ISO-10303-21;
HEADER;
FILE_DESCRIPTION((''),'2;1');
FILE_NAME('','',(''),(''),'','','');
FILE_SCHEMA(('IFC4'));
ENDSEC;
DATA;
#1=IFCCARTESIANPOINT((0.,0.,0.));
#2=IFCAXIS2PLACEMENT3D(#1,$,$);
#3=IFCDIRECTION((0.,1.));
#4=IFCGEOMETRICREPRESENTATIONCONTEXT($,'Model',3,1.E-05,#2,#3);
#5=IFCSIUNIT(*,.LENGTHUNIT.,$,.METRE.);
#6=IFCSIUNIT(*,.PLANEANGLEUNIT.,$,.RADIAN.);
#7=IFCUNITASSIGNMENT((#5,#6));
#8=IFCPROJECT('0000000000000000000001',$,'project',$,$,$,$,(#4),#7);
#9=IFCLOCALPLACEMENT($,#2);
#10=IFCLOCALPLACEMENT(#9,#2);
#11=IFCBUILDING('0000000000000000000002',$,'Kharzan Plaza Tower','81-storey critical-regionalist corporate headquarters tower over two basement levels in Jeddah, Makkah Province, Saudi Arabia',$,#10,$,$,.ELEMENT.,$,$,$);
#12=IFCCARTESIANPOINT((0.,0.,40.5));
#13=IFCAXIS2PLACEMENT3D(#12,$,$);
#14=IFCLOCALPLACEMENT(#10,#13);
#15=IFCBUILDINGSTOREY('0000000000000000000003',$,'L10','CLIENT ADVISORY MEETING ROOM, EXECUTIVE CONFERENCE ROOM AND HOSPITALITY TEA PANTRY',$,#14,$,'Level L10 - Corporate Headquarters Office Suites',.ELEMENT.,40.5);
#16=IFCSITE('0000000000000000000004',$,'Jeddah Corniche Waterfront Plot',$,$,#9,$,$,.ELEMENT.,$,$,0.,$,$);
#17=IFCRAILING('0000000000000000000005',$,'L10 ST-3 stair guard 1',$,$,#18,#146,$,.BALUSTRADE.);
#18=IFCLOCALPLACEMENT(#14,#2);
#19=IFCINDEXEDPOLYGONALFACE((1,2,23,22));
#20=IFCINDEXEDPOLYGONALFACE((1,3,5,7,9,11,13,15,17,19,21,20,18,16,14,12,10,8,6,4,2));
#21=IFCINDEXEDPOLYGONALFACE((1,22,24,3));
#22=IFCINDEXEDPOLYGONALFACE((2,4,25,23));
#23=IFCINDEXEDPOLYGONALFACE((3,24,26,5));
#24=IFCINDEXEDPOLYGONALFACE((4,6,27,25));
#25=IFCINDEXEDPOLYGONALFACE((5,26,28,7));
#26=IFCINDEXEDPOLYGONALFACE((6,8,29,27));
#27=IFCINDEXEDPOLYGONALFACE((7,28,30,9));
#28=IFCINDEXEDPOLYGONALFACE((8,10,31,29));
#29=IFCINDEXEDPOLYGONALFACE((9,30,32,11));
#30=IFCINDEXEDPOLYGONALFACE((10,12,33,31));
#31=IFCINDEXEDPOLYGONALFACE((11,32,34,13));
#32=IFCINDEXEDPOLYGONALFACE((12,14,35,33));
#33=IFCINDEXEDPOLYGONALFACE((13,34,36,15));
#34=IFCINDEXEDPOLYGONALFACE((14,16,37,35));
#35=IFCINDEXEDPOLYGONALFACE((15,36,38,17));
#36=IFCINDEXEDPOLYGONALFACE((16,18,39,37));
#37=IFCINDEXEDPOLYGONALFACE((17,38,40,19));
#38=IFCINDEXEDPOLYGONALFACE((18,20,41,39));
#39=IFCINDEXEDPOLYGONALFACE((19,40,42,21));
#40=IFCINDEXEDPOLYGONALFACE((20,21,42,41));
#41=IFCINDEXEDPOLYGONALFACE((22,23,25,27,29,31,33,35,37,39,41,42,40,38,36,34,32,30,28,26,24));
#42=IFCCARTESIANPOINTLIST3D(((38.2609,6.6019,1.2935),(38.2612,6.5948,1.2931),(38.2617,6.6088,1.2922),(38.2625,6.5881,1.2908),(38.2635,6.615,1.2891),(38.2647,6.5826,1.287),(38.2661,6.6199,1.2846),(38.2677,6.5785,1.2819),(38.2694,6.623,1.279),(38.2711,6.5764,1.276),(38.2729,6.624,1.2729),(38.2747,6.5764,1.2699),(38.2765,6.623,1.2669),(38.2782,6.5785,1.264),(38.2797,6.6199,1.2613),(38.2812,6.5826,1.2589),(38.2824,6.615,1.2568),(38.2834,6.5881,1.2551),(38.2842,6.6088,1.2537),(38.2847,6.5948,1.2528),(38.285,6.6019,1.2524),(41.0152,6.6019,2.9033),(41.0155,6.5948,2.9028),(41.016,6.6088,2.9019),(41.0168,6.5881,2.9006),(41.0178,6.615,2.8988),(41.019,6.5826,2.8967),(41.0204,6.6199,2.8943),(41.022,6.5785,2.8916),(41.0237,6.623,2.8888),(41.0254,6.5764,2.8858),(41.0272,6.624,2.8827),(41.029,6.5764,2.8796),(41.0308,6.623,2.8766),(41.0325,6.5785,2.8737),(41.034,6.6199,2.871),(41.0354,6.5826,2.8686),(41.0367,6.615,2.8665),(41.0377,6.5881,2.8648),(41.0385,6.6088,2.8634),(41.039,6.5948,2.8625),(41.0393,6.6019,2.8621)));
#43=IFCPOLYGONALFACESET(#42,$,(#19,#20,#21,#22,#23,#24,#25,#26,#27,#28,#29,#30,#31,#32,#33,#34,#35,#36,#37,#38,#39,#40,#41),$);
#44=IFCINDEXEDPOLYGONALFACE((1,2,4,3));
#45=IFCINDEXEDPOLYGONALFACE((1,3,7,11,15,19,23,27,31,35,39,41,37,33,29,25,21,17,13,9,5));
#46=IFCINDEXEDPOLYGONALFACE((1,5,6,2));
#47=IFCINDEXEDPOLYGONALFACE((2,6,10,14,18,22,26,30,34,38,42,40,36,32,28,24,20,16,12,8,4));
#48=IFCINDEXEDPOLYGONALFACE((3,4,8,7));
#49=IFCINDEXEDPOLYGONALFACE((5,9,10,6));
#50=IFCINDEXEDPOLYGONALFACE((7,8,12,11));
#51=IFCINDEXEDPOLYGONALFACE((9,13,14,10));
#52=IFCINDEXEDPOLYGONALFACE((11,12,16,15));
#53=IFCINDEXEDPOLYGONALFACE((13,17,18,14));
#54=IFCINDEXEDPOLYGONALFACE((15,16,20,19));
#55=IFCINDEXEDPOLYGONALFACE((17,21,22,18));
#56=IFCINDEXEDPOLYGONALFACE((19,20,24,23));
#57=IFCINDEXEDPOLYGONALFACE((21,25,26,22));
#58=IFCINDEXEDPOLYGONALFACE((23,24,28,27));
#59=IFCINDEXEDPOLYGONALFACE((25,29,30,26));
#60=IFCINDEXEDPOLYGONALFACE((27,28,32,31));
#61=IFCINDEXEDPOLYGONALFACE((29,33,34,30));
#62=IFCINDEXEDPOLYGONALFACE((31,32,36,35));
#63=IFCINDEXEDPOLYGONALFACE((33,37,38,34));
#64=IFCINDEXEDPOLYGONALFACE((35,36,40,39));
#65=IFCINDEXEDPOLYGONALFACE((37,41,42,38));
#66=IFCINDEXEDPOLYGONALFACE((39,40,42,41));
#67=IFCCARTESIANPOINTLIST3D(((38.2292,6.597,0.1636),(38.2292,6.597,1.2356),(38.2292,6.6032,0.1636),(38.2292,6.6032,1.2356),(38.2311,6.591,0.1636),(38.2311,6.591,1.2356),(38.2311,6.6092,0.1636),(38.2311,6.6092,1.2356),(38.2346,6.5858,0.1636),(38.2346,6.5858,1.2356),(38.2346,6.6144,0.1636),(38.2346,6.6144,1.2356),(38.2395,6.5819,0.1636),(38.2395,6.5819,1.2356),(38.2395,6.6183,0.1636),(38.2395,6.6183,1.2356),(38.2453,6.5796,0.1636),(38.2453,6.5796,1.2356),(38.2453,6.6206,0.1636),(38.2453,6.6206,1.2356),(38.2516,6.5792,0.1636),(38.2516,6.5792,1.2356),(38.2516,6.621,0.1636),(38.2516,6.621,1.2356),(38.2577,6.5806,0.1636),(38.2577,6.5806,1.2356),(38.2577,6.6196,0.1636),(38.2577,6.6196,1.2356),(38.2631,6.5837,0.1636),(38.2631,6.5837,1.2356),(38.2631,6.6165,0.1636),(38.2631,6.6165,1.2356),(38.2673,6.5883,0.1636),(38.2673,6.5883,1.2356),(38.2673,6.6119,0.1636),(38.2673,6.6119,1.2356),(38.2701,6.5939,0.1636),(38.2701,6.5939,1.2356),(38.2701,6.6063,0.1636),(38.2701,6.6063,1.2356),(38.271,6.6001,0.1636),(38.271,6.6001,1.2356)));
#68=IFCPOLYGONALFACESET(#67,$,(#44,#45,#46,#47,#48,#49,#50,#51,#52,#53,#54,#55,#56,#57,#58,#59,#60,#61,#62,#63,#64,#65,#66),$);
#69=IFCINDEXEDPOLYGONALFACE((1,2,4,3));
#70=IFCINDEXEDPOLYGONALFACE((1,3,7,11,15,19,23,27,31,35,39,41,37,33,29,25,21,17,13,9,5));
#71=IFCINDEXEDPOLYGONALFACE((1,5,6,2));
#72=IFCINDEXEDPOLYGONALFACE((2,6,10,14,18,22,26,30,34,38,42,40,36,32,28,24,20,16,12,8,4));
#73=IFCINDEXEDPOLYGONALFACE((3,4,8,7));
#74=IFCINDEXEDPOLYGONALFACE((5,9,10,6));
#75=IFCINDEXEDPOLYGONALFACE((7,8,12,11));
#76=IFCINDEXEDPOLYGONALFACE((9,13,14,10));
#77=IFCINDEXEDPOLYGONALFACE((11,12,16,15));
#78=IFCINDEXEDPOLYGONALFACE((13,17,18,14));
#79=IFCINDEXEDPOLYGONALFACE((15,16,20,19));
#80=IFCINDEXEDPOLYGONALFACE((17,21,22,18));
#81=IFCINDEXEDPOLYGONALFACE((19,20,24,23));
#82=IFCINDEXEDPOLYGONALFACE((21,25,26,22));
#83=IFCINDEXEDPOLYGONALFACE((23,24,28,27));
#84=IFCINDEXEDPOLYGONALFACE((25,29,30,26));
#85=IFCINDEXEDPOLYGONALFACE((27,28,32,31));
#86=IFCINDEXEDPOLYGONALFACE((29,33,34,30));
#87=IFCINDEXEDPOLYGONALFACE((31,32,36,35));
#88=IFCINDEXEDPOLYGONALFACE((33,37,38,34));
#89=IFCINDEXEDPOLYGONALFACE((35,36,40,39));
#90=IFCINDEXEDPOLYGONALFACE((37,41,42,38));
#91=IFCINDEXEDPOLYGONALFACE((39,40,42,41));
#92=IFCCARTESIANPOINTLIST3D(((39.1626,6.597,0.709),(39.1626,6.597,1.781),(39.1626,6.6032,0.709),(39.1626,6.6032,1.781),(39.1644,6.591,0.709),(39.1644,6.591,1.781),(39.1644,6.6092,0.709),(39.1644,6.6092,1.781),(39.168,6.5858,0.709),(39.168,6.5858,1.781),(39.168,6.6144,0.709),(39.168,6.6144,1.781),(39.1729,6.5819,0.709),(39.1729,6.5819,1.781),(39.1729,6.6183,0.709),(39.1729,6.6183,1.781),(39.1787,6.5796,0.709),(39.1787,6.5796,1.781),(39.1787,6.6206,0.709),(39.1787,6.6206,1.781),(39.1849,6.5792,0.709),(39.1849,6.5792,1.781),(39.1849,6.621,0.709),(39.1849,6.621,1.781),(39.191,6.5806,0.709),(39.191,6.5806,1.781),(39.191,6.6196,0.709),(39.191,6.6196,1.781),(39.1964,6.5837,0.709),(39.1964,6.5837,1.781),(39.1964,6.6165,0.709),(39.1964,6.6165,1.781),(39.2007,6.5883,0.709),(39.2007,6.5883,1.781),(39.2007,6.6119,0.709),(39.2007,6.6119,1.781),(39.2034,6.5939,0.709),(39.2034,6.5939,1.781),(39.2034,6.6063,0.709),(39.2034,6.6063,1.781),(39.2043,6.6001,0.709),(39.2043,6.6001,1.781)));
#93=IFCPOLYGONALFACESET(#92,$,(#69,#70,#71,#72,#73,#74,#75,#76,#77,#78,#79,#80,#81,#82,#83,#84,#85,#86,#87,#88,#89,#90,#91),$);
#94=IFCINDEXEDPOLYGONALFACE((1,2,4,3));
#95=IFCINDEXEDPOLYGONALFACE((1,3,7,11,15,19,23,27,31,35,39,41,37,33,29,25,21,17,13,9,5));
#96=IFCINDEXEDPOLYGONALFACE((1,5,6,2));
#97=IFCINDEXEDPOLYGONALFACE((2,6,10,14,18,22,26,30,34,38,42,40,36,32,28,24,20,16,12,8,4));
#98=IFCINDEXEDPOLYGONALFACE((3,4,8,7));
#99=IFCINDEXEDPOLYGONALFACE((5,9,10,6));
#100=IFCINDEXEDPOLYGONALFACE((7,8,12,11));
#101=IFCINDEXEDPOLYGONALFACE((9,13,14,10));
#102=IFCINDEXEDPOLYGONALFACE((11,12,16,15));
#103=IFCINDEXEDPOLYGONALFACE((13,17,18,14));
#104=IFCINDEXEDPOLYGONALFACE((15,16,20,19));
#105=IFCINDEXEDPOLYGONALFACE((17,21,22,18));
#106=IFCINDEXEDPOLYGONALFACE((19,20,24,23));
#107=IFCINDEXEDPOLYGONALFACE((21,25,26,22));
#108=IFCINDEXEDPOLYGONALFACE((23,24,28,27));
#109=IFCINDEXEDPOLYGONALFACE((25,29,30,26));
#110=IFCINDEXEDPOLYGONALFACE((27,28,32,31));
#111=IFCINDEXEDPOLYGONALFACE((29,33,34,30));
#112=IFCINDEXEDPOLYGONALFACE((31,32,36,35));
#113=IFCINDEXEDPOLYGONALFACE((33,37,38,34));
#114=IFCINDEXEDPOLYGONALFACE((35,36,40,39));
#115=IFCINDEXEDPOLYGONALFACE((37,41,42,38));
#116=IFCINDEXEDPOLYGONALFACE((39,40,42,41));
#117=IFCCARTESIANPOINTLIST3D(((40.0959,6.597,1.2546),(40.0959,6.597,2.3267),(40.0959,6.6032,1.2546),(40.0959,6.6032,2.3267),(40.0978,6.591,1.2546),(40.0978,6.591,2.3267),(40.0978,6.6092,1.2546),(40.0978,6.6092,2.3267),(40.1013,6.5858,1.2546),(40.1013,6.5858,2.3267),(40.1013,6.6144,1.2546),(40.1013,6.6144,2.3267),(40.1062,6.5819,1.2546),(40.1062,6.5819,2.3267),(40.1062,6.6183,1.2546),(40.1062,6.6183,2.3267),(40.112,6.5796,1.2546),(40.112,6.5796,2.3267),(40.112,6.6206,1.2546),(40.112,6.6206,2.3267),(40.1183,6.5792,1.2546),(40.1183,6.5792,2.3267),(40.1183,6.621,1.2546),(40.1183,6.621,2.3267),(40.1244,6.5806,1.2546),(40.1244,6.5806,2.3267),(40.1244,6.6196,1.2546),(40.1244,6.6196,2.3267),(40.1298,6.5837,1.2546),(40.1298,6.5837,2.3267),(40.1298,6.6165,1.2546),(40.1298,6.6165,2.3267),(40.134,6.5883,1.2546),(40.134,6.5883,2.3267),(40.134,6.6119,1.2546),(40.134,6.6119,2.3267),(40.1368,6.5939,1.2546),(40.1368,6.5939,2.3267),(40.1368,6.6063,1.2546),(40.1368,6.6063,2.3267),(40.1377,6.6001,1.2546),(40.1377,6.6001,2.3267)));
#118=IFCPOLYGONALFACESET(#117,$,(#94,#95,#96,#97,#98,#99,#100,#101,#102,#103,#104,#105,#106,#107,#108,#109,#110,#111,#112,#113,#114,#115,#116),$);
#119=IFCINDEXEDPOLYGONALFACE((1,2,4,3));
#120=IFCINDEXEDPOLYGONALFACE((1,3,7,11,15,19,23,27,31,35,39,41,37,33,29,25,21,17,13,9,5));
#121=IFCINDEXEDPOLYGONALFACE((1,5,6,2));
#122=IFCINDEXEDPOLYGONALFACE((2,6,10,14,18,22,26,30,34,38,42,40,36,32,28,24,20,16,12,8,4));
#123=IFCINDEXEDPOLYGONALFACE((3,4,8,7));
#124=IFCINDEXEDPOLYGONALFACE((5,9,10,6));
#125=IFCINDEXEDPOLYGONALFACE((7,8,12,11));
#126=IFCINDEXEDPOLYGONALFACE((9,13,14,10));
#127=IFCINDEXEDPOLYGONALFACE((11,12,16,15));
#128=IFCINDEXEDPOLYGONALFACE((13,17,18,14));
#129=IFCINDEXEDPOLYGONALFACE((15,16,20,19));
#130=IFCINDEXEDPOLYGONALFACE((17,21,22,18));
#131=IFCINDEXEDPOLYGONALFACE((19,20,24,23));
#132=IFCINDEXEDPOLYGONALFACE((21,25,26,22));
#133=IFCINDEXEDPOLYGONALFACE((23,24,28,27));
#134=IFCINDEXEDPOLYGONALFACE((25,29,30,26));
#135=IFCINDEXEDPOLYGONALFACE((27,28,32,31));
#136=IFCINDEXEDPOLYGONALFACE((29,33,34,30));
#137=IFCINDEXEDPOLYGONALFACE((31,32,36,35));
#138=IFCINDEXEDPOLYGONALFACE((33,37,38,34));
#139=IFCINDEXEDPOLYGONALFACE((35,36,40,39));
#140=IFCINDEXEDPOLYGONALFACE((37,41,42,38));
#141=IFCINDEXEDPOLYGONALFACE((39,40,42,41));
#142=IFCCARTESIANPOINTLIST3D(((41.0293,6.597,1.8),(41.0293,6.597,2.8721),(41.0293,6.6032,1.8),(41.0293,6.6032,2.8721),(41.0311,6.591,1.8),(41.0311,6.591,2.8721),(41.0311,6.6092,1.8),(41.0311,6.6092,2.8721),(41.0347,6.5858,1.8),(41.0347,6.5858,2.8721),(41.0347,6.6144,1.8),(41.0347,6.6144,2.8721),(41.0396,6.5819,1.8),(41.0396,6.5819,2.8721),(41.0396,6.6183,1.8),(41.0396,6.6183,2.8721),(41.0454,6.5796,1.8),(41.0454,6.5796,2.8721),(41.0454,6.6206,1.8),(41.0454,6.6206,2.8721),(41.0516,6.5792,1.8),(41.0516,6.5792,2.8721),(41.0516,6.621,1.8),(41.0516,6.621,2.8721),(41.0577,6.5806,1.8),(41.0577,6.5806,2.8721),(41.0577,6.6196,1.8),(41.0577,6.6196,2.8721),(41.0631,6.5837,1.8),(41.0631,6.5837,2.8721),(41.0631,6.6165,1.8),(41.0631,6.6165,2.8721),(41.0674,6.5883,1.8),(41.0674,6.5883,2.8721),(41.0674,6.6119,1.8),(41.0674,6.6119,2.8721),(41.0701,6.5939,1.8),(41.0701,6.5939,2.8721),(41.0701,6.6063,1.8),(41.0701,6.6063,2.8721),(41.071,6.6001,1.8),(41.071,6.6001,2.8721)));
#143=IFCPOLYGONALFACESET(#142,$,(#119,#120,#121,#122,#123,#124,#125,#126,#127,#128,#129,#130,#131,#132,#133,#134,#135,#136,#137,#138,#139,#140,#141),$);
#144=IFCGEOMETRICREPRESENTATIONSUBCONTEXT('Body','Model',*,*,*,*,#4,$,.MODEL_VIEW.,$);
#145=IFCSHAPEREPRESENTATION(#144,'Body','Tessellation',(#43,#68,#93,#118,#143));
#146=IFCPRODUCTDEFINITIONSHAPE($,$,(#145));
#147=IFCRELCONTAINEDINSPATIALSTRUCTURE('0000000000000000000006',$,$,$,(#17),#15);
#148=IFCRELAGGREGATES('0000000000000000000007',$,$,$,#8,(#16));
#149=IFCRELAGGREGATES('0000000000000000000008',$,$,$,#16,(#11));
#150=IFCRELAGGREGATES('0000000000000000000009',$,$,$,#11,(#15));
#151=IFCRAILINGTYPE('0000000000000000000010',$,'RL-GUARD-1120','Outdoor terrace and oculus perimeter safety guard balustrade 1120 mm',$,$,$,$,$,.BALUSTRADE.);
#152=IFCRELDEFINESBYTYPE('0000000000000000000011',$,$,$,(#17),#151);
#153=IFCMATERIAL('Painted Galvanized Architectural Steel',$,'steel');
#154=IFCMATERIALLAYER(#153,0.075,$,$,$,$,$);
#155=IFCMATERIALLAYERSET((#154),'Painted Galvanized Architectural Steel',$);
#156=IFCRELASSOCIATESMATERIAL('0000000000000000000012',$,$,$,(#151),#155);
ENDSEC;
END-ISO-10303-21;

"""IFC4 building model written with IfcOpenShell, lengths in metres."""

from ifc_helpers import new_model, si_unit, direction, frame, origin, origin_2d, place, context, subcontext, project, spatial, circle, extrude, source, transform, mapped, material, layer, layer_set, type_object, element, save


model = new_model("IFC4")

# Units and contexts
model_context = context("Model", 3, precision=1e-05, world=origin(), true_north=direction((0.0, 1.0)))
body_context = subcontext(model_context, "Body", "Model", "MODEL_VIEW")
ifc_project = project(units=[si_unit("LENGTHUNIT", "METRE"), si_unit("PLANEANGLEUNIT", "RADIAN")], contexts=[model_context])

# Site, building, storey
site_placement = place(None, origin())
site = spatial("IfcSite", under=ifc_project, at=site_placement, Name="Jeddah Corniche Waterfront Plot", CompositionType="ELEMENT", RefElevation=0.0)
building_placement = place(site_placement, origin())
building = spatial("IfcBuilding", under=site, at=building_placement, Name="Kharzan Plaza Tower", Description="81-storey critical-regionalist corporate headquarters tower over two basement levels in Jeddah, Makkah Province, Saudi Arabia", CompositionType="ELEMENT")
storey_placement = place(building_placement, frame((0.0, 0.0, 40.5)))
storey = spatial("IfcBuildingStorey", under=building, at=storey_placement, Name="L10", Description="CLIENT ADVISORY MEETING ROOM, EXECUTIVE CONFERENCE ROOM AND HOSPITALITY TEA PANTRY", LongName="Level L10 - Corporate Headquarters Office Suites", CompositionType="ELEMENT", Elevation=40.5)

# Railing
ifc_material_1 = material(Name="Painted Galvanized Architectural Steel", Category="steel")
ifc_layer_1 = layer(ifc_material_1, 0.075)
ifc_layer_set_1 = layer_set([ifc_layer_1], Name="Painted Galvanized Architectural Steel")
railing_type_1 = type_object("IfcRailingType", Name="RL-GUARD-1120", Description="Outdoor terrace and oculus perimeter safety guard balustrade 1120 mm", PredefinedType="BALUSTRADE", material=ifc_layer_set_1)
shared_shape_1 = source(origin(), body_context, "Body", "SweptSolid", [
    extrude(circle(Radius=0.0239, at=origin_2d()), frame((0.0229, 0.0, 1.1094), z_axis=(0.863361, 0.0, 0.504587), x_axis=(0.0, 1.0, 0.0)), (0.0, 0.0, 1.0), 3.1902),
    extrude(circle(Radius=0.021, at=origin_2d()), origin(), (0.0, 0.0, 1.0), 1.072),
    extrude(circle(Radius=0.021, at=origin_2d()), frame((0.9333, 0.0, 0.5454)), (0.0, 0.0, 1.0), 1.072),
    extrude(circle(Radius=0.021, at=origin_2d()), frame((1.8667, 0.0, 1.0911)), (0.0, 0.0, 1.0), 1.072),
    extrude(circle(Radius=0.021, at=origin_2d()), frame((2.8, 0.0, 1.6365)), (0.0, 0.0, 1.0), 1.072),
])
railing_1_placement = place(storey_placement, frame((38.25, 6.6001, 0.1636)))
element("IfcRailing", 1, at=railing_1_placement, inside=storey, type_object=railing_type_1, Name="L10 ST-3 stair guard 1", PredefinedType="BALUSTRADE", context=body_context, shape_type="MappedRepresentation", body=[
    mapped(shared_shape_1, transform((0.0, 0.0, 0.0), x_axis=(1.0, 0.0, 0.0), y_axis=(0.0, 1.0, 0.0), z_axis=(0.0, 0.0, 1.0))),
])

save(model, "model.ifc")
